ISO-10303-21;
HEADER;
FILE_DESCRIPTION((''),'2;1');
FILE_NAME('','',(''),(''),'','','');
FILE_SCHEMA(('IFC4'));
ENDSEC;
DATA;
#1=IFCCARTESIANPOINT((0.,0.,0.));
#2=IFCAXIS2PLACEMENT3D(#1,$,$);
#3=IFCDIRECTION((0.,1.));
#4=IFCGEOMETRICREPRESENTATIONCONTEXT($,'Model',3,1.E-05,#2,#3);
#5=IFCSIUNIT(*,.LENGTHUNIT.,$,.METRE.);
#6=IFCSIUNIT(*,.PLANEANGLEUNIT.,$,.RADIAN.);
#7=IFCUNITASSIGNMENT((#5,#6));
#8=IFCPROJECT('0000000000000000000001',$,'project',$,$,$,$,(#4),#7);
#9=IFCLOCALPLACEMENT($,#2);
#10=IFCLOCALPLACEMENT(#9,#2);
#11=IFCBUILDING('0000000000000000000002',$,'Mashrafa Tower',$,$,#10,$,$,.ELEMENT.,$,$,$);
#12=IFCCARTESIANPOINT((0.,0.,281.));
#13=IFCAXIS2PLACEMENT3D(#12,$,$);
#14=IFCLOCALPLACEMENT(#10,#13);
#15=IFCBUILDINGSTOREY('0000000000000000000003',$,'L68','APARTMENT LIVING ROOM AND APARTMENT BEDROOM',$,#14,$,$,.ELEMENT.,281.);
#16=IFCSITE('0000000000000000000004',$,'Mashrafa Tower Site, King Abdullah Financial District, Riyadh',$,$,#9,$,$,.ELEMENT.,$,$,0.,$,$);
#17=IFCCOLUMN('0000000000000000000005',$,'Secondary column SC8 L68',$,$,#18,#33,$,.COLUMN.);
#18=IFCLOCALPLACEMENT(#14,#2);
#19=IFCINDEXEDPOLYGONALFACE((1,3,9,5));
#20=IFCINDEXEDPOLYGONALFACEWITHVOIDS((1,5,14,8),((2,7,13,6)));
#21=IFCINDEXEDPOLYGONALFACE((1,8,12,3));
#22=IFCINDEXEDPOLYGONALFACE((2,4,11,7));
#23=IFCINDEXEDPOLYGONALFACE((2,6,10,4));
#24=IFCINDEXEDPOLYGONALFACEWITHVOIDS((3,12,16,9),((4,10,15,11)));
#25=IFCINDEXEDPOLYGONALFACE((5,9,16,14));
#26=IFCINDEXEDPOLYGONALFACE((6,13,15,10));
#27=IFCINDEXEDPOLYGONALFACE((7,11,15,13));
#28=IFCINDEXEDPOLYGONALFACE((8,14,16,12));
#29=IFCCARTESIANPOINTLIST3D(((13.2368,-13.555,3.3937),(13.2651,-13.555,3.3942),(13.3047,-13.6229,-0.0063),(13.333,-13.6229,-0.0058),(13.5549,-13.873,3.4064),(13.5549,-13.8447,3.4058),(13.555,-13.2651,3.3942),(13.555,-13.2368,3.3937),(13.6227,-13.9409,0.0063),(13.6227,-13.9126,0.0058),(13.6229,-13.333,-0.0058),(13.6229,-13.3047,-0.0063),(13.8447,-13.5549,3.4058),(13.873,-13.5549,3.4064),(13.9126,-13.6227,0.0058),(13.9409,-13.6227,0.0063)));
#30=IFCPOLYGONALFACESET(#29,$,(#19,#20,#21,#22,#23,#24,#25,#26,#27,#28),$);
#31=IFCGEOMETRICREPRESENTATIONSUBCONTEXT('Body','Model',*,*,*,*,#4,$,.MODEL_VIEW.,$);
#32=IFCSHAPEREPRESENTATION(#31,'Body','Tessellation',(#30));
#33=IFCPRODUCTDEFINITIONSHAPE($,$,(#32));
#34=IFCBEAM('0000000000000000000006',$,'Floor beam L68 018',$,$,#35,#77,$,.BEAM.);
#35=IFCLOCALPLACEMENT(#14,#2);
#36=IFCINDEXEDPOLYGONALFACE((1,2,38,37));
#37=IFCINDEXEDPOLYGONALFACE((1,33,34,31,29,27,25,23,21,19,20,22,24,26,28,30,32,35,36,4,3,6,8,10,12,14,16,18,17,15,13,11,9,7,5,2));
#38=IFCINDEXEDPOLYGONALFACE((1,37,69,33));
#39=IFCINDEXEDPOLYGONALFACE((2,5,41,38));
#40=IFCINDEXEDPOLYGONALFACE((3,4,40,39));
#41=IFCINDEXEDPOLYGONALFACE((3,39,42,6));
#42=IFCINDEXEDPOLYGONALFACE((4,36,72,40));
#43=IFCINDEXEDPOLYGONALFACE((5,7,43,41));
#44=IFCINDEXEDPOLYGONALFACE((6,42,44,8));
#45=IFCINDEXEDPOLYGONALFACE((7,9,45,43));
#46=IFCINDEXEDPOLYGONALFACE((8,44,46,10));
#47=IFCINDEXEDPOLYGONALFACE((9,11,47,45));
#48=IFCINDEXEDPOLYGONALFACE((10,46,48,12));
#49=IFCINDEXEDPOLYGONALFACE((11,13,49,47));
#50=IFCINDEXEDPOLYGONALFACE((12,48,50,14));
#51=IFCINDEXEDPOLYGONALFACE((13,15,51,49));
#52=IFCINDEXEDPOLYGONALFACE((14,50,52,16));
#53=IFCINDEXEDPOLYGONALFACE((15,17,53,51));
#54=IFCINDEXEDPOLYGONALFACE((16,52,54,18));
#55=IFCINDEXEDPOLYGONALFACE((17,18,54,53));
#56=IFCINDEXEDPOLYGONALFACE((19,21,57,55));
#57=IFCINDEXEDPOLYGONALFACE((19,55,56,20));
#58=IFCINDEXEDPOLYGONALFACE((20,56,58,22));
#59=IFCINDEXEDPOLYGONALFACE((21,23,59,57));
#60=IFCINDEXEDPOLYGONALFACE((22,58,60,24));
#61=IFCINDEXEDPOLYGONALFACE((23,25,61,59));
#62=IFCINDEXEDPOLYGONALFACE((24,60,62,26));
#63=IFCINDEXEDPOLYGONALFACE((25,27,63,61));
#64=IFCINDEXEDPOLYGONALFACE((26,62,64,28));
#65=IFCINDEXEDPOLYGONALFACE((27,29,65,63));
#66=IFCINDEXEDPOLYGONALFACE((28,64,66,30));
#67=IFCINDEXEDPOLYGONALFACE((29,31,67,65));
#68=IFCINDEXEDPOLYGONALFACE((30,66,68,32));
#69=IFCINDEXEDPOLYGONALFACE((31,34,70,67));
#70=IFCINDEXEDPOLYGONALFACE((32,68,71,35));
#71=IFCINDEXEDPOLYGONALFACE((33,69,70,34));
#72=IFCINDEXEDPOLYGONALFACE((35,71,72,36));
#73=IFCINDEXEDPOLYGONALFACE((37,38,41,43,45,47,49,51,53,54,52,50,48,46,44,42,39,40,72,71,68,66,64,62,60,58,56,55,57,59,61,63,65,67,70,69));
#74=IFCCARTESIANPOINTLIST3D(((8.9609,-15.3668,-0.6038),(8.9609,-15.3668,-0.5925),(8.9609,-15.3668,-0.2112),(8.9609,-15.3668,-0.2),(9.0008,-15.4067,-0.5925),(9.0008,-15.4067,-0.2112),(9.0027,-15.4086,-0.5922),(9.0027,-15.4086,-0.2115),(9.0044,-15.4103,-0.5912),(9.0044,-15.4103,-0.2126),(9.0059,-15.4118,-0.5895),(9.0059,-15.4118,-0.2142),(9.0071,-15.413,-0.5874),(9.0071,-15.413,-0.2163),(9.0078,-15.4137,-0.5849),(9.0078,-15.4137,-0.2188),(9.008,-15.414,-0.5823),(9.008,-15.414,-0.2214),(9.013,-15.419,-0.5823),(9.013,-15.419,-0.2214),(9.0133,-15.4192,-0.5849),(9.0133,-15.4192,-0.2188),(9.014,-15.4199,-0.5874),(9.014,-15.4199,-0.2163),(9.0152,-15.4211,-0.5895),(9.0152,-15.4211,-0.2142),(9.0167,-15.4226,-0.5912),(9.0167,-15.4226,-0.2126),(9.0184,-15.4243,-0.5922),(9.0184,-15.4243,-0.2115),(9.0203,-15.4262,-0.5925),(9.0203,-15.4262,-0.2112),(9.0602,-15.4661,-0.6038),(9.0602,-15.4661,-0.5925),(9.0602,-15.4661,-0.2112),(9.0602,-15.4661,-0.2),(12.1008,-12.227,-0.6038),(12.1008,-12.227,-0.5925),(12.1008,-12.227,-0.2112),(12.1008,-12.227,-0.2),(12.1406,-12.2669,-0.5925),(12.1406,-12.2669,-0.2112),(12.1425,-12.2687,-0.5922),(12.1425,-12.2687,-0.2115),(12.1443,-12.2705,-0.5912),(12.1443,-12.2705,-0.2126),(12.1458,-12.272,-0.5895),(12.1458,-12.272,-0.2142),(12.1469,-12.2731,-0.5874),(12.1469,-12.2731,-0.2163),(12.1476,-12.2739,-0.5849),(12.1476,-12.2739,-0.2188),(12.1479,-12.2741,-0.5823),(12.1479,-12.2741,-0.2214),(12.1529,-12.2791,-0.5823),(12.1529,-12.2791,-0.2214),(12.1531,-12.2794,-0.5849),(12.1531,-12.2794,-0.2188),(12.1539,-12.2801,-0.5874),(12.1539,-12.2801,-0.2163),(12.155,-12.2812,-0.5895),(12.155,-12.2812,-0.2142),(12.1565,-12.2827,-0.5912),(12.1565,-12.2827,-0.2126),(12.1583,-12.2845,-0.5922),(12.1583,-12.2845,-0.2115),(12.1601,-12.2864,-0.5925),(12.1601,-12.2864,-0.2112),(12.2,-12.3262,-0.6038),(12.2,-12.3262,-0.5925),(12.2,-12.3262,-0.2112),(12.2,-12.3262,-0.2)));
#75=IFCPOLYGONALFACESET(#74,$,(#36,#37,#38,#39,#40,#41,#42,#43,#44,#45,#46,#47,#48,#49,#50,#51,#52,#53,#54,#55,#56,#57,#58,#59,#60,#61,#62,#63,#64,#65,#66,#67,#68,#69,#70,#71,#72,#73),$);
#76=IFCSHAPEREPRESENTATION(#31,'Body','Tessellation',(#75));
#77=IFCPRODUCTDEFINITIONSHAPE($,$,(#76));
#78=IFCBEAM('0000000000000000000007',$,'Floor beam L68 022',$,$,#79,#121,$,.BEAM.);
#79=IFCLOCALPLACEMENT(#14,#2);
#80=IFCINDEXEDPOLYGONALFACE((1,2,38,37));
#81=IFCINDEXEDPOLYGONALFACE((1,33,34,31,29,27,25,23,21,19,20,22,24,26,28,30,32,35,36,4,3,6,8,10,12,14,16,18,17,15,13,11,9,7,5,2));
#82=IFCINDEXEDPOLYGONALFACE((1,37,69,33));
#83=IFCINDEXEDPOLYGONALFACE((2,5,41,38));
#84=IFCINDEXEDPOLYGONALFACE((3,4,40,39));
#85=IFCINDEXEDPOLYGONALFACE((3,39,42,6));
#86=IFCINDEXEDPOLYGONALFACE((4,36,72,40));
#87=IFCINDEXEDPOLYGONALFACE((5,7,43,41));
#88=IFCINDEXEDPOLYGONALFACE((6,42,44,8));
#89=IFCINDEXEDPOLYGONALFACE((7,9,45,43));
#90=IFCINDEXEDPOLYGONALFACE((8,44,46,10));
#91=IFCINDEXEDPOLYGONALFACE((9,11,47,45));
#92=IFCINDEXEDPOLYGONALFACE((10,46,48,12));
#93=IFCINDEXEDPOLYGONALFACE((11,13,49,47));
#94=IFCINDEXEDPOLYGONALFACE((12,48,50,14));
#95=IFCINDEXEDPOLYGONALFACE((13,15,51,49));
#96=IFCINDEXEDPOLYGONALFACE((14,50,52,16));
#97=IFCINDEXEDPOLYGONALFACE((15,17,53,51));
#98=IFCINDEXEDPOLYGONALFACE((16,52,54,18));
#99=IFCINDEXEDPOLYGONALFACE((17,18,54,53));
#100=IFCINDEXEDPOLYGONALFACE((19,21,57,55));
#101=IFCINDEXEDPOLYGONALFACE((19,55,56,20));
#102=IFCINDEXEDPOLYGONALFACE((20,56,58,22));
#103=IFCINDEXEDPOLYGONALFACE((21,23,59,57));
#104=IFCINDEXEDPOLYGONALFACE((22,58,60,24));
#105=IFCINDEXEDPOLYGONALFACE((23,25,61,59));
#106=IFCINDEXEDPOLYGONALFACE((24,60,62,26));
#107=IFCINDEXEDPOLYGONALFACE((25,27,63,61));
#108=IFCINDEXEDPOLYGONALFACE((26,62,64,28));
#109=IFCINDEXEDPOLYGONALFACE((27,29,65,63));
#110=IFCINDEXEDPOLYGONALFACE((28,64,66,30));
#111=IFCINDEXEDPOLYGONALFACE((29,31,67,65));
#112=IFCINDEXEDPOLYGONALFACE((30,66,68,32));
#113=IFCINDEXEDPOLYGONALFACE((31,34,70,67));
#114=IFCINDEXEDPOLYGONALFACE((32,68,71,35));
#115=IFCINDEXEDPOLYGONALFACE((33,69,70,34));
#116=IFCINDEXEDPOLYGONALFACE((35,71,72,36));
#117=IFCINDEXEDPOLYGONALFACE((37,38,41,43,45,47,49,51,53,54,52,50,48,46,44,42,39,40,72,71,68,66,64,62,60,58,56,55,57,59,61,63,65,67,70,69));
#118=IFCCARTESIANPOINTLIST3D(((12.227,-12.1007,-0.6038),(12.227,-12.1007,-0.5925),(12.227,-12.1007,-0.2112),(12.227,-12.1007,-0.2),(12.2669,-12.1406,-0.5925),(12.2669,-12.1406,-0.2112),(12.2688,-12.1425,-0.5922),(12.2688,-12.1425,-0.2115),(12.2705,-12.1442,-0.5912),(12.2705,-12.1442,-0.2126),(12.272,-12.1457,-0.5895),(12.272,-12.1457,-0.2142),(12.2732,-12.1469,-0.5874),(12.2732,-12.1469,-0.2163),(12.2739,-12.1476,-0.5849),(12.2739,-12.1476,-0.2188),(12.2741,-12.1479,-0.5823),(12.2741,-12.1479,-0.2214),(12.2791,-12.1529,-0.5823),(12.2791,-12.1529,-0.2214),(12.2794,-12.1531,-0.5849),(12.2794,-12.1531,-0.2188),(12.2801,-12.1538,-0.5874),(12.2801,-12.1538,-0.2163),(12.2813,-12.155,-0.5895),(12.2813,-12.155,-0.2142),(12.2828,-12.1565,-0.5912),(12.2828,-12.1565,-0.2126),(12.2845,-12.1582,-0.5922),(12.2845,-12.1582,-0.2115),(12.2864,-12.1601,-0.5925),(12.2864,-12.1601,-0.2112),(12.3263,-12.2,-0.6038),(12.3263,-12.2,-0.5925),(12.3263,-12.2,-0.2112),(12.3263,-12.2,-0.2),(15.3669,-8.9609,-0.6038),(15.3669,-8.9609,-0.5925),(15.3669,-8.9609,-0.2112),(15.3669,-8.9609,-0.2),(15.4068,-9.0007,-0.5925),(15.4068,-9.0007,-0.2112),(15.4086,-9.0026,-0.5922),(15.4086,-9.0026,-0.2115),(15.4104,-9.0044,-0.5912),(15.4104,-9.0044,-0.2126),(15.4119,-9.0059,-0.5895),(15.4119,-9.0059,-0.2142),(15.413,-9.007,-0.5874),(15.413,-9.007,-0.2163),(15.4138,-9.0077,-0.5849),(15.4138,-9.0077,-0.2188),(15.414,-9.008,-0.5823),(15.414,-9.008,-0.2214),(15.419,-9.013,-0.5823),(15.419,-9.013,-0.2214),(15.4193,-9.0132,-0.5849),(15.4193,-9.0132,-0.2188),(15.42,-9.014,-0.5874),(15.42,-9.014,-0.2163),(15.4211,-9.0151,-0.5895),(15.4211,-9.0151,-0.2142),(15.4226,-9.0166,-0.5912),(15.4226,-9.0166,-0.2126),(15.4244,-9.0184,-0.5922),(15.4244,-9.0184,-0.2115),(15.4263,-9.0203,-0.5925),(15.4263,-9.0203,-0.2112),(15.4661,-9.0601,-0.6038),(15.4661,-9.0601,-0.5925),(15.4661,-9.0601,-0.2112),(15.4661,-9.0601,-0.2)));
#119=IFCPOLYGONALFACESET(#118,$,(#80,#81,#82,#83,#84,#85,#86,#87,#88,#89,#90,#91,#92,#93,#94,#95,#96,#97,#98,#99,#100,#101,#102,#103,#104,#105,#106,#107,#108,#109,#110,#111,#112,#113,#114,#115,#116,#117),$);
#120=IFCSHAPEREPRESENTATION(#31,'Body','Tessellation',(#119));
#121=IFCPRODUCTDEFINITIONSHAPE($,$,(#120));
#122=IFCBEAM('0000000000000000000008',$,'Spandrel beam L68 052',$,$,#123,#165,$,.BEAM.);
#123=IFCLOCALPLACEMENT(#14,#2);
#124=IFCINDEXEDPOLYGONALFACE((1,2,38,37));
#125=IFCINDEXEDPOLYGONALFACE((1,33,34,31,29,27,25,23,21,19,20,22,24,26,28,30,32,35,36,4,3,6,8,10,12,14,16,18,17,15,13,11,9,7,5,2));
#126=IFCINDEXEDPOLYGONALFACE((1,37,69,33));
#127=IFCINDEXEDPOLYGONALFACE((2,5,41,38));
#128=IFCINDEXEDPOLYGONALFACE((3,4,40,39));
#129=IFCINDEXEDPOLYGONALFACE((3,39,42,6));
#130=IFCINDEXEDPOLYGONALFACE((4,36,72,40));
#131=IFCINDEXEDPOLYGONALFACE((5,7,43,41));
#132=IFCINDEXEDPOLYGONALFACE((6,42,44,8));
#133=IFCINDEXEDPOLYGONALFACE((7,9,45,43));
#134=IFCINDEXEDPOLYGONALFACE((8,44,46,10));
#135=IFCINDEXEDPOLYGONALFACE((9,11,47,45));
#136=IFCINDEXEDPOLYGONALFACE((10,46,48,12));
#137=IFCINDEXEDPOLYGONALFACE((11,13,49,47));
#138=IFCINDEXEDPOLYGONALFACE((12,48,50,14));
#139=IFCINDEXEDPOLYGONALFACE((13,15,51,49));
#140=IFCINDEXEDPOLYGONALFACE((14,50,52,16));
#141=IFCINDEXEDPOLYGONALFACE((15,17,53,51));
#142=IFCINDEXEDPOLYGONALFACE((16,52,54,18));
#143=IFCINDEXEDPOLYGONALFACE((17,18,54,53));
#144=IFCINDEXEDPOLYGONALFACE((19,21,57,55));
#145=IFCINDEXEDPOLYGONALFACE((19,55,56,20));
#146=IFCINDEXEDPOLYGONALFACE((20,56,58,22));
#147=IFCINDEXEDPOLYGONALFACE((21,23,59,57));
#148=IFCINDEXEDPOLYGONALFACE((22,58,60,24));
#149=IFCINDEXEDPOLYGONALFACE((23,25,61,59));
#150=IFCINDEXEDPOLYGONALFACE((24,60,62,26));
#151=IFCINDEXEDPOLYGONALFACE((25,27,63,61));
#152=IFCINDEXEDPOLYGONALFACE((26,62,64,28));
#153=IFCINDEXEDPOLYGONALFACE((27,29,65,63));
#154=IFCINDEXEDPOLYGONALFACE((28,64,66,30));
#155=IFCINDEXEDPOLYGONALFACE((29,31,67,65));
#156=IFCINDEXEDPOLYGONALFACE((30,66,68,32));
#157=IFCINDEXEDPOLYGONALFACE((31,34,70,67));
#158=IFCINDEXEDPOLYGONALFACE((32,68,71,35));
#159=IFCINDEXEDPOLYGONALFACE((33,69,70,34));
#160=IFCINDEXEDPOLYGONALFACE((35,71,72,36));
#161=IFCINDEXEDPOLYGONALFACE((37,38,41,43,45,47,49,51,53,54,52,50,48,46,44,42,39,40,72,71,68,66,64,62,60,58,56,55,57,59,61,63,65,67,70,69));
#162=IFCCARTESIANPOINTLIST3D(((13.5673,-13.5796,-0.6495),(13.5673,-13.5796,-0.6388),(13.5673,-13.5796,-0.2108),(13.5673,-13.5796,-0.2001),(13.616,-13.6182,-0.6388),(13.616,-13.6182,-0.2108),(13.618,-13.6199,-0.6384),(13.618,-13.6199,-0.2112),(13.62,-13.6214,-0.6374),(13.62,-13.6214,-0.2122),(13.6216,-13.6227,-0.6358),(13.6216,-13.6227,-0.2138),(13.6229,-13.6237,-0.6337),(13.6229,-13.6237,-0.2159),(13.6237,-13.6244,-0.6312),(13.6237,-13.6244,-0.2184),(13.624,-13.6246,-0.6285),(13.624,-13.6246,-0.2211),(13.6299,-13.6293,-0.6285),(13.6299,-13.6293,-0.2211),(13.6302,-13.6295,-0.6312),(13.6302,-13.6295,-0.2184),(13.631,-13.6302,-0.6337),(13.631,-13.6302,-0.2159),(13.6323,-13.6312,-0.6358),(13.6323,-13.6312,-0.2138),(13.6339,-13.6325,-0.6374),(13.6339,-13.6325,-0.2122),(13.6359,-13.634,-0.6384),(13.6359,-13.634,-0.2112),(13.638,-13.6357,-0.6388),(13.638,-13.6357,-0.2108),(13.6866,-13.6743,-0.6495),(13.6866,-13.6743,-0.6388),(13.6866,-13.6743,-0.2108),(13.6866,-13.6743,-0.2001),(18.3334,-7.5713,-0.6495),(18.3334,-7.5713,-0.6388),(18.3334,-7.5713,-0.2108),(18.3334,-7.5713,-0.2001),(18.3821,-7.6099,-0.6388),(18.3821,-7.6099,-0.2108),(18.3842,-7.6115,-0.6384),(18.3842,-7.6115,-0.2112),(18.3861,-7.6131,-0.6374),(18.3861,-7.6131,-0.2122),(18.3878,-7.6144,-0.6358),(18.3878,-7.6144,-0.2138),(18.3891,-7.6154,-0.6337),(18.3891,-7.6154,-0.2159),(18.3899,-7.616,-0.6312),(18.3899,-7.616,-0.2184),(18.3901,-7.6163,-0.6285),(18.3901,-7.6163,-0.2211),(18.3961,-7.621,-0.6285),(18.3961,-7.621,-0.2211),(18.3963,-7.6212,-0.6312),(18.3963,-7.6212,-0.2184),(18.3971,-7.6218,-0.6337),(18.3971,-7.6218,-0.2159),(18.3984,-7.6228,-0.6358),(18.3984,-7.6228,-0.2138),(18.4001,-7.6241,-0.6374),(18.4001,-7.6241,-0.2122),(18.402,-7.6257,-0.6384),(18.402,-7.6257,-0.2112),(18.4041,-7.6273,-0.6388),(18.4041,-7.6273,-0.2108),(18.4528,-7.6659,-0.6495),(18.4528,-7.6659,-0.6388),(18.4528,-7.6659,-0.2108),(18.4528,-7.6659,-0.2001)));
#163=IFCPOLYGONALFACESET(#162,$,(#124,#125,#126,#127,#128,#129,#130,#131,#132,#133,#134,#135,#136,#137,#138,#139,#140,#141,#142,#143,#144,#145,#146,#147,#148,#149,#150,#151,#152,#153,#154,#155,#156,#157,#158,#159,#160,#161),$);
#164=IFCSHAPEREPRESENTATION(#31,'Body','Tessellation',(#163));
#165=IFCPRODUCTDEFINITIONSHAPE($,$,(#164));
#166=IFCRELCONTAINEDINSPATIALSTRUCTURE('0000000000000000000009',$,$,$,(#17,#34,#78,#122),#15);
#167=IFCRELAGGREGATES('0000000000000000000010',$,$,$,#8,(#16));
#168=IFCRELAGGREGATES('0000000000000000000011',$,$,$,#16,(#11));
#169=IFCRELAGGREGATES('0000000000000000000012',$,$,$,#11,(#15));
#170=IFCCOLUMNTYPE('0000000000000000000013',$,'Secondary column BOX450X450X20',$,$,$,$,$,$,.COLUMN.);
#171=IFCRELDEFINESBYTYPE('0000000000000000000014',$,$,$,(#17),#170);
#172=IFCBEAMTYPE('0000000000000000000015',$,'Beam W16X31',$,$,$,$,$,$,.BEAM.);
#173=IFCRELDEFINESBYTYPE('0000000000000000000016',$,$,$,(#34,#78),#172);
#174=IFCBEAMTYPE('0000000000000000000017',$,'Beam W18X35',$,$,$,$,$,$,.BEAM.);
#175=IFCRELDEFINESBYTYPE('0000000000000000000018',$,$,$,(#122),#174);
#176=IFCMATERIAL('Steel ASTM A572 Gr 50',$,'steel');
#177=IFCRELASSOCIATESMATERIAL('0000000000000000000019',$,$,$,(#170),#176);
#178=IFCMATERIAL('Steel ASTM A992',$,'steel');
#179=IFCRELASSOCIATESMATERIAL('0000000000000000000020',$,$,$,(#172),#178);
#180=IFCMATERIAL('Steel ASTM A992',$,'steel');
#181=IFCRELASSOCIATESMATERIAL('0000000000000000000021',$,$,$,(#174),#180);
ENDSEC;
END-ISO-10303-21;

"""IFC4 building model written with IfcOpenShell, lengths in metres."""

from ifc_helpers import new_model, si_unit, direction, frame, origin, origin_2d, place, context, subcontext, project, spatial, hollow_rectangle, i_section, extrude, material, material_profile, profile_set, type_object, element, save


model = new_model("IFC4")

# Units and contexts
model_context = context("Model", 3, precision=1e-05, world=origin(), true_north=direction((0.0, 1.0)))
body_context = subcontext(model_context, "Body", "Model", "MODEL_VIEW")
ifc_project = project(units=[si_unit("LENGTHUNIT", "METRE"), si_unit("PLANEANGLEUNIT", "RADIAN")], contexts=[model_context])

# Site, building, storey
site_placement = place(None, origin())
site = spatial("IfcSite", under=ifc_project, at=site_placement, Name="Mashrafa Tower Site, King Abdullah Financial District, Riyadh", CompositionType="ELEMENT", RefElevation=0.0)
building_placement = place(site_placement, origin())
building = spatial("IfcBuilding", under=site, at=building_placement, Name="Mashrafa Tower", CompositionType="ELEMENT")
storey_placement = place(building_placement, frame((0.0, 0.0, 281.0)))
storey = spatial("IfcBuildingStorey", under=building, at=storey_placement, Name="L68", Description="APARTMENT LIVING ROOM AND APARTMENT BEDROOM", CompositionType="ELEMENT", Elevation=281.0)

# Column
ifc_material_1 = material(Name="Steel ASTM A572 Gr 50", Category="steel")
ifc_material_profile_1 = material_profile(ifc_material_1, hollow_rectangle(XDim=0.45, YDim=0.45, WallThickness=0.02, at=origin_2d()), Name="BOX450X450X20")
ifc_profile_set_1 = profile_set([ifc_material_profile_1], Name="Steel ASTM A572 Gr 50")
column_type = type_object("IfcColumnType", Name="Secondary column BOX450X450X20", PredefinedType="COLUMN", material=ifc_profile_set_1)
column_placement = place(storey_placement, frame((13.6228, -13.6228, 0.0), z_axis=(-0.019955, 0.019955, 0.999602), x_axis=(-0.707107, -0.707107, 0.0)))
element("IfcColumn", 1, at=column_placement, inside=storey, type_object=column_type, Name="Secondary column SC8 L68", PredefinedType="COLUMN", context=body_context, shape_type="SweptSolid", body=[
    extrude(hollow_rectangle(XDim=0.45, YDim=0.45, WallThickness=0.02, at=origin_2d()), origin(), (0.0, 0.0, 1.0), 3.4014),
])

# Beams
ifc_material_2 = material(Name="Steel ASTM A992", Category="steel")
ifc_material_profile_2 = material_profile(ifc_material_2, i_section(OverallWidth=0.1404, OverallDepth=0.4038, WebThickness=0.0071, FlangeThickness=0.0112, FilletRadius=0.0103, at=origin_2d()), Name="W16X31")
ifc_profile_set_2 = profile_set([ifc_material_profile_2], Name="Steel ASTM A992")
beam_type_1 = type_object("IfcBeamType", Name="Beam W16X31", PredefinedType="BEAM", material=ifc_profile_set_2)
for number, where, z_axis, x_axis, name in (
    (2, (12.1504, -12.2766, -0.4019), (-0.707107, -0.707107, 0.0), (0.707107, -0.707107, 0.0), "Floor beam L68 018"),
    (3, (15.4165, -9.0105, -0.4019), (-0.707107, -0.707107, 0.0), (0.707107, -0.707107, 0.0), "Floor beam L68 022"),
):
    element("IfcBeam", number, at=place(storey_placement, frame(where, z_axis=z_axis, x_axis=x_axis)), inside=storey, type_object=beam_type_1, Name=name, PredefinedType="BEAM", context=body_context, shape_type="SweptSolid", body=[
        extrude(i_section(OverallWidth=0.1404, OverallDepth=0.4038, WebThickness=0.0071, FlangeThickness=0.0112, FilletRadius=0.0103, at=origin_2d()), origin(), (0.0, 0.0, 1.0), 4.4404),
    ])
ifc_material_3 = material(Name="Steel ASTM A992", Category="steel")
ifc_material_profile_3 = material_profile(ifc_material_3, i_section(OverallWidth=0.1523, OverallDepth=0.4495, WebThickness=0.0076, FlangeThickness=0.0107, FilletRadius=0.0103, at=origin_2d()), Name="W18X35")
ifc_profile_set_3 = profile_set([ifc_material_profile_3], Name="Steel ASTM A992")
beam_type_2 = type_object("IfcBeamType", Name="Beam W18X35", PredefinedType="BEAM", material=ifc_profile_set_3)
beam_1_placement = place(storey_placement, frame((13.627, -13.627, -0.4248), z_axis=(0.621467, 0.78344, 0.0), x_axis=(-0.78344, 0.621467, 0.0)))
element("IfcBeam", 4, at=beam_1_placement, inside=storey, type_object=beam_type_2, Name="Spandrel beam L68 052", PredefinedType="BEAM", context=body_context, shape_type="SweptSolid", body=[
    extrude(i_section(OverallWidth=0.1523, OverallDepth=0.4495, WebThickness=0.0076, FlangeThickness=0.0107, FilletRadius=0.0103, at=origin_2d()), origin(), (0.0, 0.0, 1.0), 7.6692),
])

save(model, "model.ifc")
